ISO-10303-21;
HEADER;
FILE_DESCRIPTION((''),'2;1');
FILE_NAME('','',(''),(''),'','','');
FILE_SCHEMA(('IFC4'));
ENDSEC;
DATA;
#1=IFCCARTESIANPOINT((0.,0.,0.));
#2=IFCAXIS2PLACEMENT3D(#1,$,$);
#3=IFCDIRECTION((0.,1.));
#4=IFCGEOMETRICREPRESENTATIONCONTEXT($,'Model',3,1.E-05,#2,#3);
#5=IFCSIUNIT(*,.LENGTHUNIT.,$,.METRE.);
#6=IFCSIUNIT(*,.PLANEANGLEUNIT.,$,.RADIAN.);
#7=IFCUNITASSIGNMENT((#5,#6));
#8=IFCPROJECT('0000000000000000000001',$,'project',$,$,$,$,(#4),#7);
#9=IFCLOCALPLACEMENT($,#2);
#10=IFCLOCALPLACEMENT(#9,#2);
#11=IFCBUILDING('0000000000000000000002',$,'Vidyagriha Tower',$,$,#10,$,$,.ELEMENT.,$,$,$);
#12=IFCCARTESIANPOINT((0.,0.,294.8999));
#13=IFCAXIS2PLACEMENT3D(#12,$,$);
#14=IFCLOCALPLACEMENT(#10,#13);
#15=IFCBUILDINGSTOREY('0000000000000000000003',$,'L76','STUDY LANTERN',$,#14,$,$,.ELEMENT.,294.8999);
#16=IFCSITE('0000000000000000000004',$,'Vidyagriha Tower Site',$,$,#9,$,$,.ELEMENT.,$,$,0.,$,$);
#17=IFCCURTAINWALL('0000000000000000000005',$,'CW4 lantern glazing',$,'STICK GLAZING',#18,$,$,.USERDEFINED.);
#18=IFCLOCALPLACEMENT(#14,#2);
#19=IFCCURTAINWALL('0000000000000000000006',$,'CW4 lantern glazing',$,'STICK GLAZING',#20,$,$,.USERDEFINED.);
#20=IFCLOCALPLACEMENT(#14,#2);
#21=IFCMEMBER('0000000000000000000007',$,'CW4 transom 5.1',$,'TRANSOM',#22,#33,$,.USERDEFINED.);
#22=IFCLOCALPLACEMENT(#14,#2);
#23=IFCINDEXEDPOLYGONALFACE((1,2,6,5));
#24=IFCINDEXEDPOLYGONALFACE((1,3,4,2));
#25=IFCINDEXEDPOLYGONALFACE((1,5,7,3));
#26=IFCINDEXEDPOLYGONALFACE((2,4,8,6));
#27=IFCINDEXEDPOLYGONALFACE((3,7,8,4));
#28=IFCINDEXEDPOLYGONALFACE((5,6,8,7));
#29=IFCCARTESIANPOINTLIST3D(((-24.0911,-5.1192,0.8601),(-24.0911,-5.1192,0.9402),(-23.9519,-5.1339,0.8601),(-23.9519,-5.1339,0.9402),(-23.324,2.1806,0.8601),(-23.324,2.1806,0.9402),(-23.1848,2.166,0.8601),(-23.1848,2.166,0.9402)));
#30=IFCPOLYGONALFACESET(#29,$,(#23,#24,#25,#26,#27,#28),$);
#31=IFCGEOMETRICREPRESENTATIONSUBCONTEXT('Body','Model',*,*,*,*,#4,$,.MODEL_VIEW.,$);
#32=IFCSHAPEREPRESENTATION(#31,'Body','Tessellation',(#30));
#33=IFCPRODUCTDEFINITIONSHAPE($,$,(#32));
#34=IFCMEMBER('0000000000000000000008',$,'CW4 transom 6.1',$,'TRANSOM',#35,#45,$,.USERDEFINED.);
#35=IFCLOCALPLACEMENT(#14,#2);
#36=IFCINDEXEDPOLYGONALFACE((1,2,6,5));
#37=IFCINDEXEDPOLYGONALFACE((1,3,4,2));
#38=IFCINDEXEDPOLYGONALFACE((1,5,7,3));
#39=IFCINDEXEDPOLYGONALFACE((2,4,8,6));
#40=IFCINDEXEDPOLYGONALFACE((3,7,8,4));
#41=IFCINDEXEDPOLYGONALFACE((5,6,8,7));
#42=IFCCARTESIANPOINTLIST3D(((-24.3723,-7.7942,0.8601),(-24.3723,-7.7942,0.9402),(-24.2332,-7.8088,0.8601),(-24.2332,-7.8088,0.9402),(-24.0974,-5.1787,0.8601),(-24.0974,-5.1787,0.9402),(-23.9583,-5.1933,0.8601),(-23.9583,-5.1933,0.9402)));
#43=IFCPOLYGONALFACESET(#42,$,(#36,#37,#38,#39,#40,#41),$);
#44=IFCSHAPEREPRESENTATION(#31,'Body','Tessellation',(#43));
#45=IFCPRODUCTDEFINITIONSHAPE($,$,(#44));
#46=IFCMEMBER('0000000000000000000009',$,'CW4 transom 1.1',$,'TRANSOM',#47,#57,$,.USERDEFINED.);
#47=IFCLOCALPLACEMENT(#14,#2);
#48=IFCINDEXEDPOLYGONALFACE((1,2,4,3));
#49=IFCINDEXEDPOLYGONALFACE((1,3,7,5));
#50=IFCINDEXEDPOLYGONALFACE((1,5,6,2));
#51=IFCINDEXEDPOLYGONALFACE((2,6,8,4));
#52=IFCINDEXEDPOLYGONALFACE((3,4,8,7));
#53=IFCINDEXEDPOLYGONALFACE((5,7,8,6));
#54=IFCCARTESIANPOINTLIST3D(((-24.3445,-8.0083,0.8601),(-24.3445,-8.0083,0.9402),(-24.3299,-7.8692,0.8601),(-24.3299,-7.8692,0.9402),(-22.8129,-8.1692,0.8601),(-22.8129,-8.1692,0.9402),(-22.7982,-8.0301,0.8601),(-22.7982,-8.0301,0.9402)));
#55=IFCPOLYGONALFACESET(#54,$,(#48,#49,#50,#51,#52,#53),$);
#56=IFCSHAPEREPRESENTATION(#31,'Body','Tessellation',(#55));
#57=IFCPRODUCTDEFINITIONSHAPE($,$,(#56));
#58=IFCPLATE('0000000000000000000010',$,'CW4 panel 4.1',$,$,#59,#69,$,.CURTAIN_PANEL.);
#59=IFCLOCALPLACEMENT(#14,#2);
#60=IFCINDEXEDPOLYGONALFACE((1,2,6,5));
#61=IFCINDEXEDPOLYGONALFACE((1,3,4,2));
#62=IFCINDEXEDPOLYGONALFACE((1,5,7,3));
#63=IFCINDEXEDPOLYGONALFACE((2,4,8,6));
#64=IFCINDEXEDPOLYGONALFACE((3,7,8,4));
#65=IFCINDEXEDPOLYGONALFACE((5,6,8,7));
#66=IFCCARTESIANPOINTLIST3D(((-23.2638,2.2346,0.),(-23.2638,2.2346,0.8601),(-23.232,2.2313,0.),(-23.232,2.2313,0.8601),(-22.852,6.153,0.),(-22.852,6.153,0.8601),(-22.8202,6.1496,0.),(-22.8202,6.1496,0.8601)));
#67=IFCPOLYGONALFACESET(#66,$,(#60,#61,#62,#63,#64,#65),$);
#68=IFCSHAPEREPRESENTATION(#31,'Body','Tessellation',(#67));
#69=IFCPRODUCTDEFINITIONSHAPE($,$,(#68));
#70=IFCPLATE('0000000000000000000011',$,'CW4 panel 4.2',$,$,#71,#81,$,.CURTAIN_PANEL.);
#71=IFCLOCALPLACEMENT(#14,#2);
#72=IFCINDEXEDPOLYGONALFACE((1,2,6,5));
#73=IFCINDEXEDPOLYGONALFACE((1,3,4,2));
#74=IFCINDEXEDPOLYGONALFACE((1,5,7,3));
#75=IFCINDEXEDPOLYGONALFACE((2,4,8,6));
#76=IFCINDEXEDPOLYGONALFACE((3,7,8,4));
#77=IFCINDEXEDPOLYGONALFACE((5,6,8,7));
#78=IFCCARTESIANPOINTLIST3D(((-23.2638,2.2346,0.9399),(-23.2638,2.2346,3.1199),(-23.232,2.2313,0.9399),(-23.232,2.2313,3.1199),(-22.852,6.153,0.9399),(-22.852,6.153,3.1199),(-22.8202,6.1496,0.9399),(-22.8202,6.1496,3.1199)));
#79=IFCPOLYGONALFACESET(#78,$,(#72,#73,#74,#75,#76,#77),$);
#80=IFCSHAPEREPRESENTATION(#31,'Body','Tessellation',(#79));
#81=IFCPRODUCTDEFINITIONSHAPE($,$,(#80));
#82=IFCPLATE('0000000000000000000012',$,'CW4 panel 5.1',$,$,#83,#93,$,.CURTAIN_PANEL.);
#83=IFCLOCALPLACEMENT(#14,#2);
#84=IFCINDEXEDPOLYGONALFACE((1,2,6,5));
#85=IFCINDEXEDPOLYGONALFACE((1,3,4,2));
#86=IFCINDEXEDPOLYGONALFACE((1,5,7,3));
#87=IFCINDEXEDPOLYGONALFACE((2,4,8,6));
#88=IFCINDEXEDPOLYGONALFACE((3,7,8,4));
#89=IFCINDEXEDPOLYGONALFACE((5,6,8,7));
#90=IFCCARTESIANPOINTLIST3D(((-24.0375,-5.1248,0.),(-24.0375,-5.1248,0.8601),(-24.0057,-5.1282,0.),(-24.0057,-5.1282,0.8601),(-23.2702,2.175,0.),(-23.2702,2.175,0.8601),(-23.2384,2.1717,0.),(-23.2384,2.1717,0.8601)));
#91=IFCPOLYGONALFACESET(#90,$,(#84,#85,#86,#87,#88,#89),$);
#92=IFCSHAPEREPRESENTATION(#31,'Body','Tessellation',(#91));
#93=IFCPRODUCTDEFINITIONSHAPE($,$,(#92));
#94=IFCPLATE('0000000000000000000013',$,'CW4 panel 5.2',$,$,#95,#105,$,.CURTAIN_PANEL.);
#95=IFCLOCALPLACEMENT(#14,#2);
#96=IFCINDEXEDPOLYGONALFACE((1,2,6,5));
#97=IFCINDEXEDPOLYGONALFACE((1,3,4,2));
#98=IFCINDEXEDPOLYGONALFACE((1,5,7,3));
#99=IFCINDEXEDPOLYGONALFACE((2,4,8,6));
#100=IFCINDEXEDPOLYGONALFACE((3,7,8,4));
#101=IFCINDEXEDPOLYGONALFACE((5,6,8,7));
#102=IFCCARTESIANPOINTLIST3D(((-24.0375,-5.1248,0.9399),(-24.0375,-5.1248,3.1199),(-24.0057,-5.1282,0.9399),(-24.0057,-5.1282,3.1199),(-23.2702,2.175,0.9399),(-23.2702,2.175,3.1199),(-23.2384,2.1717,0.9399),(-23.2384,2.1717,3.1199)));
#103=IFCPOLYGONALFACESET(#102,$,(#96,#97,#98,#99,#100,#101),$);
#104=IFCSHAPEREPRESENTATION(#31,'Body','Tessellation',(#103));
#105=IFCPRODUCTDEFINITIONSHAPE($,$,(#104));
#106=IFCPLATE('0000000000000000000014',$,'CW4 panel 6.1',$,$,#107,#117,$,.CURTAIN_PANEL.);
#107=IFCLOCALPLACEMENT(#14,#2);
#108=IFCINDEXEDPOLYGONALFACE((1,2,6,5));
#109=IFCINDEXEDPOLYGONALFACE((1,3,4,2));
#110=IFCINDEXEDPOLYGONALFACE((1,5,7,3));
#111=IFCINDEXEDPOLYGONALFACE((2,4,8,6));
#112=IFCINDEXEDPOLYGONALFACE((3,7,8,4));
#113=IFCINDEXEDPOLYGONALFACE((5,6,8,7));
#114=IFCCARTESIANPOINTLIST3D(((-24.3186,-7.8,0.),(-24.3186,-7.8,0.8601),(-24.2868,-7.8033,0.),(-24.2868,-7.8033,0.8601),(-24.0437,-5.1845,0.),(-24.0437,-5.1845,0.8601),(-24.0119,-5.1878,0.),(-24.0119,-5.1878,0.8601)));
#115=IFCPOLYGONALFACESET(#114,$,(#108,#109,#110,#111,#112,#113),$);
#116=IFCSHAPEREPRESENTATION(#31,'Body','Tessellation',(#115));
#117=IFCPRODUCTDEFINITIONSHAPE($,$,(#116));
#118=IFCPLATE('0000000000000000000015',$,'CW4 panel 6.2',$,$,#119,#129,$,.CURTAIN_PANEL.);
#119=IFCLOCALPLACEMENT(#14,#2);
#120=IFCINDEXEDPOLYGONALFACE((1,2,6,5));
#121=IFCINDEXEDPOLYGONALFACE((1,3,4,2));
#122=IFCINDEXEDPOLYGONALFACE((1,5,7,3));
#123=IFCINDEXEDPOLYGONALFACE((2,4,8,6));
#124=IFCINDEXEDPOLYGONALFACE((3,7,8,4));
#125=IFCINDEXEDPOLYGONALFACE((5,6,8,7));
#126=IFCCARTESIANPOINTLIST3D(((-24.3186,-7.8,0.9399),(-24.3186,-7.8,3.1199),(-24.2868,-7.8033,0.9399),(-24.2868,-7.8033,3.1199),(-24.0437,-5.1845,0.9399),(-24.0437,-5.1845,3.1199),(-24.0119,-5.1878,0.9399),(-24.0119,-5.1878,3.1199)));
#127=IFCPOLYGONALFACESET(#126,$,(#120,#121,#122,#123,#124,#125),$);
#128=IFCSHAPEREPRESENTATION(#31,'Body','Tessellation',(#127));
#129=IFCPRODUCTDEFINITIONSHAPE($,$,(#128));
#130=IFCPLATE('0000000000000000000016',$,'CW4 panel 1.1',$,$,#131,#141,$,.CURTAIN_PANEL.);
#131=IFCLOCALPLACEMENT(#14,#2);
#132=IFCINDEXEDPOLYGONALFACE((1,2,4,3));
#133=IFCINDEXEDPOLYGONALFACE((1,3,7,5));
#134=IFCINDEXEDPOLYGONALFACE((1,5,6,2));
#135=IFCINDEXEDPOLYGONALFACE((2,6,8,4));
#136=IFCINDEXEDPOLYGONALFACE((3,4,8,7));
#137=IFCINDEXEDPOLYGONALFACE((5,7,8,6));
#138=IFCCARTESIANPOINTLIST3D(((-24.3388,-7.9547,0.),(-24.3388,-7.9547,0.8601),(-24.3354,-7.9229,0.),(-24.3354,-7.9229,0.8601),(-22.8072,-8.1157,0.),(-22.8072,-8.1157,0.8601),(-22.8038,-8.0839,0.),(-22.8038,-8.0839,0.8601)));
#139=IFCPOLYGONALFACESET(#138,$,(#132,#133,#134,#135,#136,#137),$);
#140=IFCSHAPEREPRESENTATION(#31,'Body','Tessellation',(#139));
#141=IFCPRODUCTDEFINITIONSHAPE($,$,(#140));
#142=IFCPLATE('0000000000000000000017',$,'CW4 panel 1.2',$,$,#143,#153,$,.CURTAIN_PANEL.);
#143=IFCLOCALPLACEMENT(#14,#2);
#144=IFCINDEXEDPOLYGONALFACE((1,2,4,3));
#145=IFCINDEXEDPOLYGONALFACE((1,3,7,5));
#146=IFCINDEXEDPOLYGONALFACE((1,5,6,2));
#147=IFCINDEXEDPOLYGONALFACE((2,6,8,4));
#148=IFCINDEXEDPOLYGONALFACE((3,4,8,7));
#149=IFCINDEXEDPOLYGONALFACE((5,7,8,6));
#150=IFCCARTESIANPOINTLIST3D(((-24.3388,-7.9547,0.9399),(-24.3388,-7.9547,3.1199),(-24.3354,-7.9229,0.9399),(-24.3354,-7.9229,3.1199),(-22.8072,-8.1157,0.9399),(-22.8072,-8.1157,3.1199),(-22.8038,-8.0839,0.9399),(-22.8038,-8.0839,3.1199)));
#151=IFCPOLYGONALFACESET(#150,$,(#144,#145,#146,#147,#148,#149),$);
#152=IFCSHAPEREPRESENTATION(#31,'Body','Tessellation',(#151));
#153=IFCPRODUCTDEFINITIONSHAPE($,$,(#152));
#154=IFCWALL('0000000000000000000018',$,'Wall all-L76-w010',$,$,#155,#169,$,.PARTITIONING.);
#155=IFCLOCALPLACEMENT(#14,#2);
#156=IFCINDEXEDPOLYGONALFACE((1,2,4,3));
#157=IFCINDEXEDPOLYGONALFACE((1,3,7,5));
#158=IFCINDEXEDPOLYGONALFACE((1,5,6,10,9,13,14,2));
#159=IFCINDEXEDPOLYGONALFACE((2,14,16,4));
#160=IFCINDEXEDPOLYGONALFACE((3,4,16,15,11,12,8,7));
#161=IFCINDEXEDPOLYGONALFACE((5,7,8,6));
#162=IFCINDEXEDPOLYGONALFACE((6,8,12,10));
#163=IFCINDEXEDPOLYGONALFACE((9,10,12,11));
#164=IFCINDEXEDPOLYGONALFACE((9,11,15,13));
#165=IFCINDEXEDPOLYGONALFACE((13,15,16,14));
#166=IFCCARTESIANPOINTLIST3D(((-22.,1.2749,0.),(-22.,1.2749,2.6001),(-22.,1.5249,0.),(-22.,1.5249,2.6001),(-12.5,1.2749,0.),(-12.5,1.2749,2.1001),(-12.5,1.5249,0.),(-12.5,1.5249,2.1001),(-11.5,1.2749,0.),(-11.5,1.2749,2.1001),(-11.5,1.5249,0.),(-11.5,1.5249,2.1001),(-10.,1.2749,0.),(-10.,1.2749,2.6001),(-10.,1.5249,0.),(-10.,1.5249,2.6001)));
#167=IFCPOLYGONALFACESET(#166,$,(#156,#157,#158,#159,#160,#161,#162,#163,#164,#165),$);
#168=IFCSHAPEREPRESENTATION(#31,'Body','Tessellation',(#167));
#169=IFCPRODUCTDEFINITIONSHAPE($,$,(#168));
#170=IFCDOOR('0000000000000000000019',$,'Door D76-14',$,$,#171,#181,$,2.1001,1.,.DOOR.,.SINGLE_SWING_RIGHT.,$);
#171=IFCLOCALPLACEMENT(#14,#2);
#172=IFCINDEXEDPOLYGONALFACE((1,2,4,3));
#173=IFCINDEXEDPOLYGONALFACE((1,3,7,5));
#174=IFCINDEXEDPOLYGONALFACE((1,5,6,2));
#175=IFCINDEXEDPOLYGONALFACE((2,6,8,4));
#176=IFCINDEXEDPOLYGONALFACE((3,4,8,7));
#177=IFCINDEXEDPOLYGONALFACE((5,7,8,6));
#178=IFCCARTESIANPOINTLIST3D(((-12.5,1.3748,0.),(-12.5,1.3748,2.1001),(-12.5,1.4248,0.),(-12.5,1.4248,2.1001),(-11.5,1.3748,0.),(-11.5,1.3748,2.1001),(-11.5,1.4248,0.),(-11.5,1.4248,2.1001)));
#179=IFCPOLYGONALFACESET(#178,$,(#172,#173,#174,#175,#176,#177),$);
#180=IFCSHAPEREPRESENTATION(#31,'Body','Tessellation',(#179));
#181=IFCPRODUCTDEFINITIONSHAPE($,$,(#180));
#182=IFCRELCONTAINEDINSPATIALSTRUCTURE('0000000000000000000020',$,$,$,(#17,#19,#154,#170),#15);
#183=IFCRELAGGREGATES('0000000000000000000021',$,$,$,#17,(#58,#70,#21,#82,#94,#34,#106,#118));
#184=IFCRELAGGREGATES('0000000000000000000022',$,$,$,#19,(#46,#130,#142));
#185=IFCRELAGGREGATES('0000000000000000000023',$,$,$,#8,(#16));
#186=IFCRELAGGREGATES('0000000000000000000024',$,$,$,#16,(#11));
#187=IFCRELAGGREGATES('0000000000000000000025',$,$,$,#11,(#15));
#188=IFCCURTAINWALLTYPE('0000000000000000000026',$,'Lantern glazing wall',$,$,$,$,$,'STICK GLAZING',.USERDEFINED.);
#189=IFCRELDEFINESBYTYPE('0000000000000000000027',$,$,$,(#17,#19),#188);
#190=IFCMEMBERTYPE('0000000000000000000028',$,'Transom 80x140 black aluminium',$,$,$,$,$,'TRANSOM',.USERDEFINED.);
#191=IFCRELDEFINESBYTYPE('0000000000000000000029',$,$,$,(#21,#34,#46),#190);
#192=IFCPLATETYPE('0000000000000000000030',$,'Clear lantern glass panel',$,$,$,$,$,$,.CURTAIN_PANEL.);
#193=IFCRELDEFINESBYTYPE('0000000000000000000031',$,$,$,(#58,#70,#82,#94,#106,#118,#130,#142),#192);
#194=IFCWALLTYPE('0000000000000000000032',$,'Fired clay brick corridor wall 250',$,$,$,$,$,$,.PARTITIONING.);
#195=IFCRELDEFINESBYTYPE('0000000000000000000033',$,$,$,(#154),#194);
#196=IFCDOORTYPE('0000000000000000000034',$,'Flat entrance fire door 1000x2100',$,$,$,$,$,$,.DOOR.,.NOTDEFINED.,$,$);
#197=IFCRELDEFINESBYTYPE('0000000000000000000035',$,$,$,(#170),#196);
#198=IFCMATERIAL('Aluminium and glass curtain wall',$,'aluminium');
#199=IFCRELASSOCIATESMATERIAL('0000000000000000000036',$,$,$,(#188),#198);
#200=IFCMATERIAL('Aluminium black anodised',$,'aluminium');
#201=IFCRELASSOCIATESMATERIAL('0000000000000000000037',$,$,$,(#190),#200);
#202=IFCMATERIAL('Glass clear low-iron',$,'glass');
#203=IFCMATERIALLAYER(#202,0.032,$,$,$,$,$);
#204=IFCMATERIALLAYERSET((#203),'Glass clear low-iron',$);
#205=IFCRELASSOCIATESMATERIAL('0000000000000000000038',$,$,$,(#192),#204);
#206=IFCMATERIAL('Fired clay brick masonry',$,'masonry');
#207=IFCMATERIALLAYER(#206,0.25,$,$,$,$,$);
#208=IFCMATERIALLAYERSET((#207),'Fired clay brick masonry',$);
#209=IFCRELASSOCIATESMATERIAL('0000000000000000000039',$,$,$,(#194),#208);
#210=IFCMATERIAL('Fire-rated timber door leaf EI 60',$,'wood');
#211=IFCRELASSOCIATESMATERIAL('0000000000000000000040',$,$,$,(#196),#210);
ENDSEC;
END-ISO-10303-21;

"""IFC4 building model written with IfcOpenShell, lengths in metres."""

from ifc_helpers import new_model, si_unit, direction, frame, frame_2d, origin, origin_2d, place, context, subcontext, project, spatial, rectangle, extrude, material, layer, layer_set, material_profile, profile_set, type_object, element, fill, aggregate, save


model = new_model("IFC4")

# Units and contexts
model_context = context("Model", 3, precision=1e-05, world=origin(), true_north=direction((0.0, 1.0)))
body_context = subcontext(model_context, "Body", "Model", "MODEL_VIEW")
ifc_project = project(units=[si_unit("LENGTHUNIT", "METRE"), si_unit("PLANEANGLEUNIT", "RADIAN")], contexts=[model_context])

# Site, building, storey
site_placement = place(None, origin())
site = spatial("IfcSite", under=ifc_project, at=site_placement, Name="Vidyagriha Tower Site", CompositionType="ELEMENT", RefElevation=0.0)
building_placement = place(site_placement, origin())
building = spatial("IfcBuilding", under=site, at=building_placement, Name="Vidyagriha Tower", CompositionType="ELEMENT")
storey_placement = place(building_placement, frame((0.0, 0.0, 294.8999)))
storey = spatial("IfcBuildingStorey", under=building, at=storey_placement, Name="L76", Description="STUDY LANTERN", CompositionType="ELEMENT", Elevation=294.8999)

# Curtain walls
ifc_material_1 = material(Name="Aluminium and glass curtain wall", Category="aluminium")
curtain_wall_type = type_object("IfcCurtainWallType", Name="Lantern glazing wall", ElementType="STICK GLAZING", PredefinedType="USERDEFINED", material=ifc_material_1)
curtain_wall_1_placement = place(storey_placement, origin())
curtain_wall_1 = element("IfcCurtainWall", 1, at=curtain_wall_1_placement, inside=storey, type_object=curtain_wall_type, Name="CW4 lantern glazing", ObjectType="STICK GLAZING", PredefinedType="USERDEFINED")
curtain_wall_2_placement = place(storey_placement, origin())
curtain_wall_2 = element("IfcCurtainWall", 2, at=curtain_wall_2_placement, inside=storey, type_object=curtain_wall_type, Name="CW4 lantern glazing", ObjectType="STICK GLAZING", PredefinedType="USERDEFINED")

# Members
ifc_material_2 = material(Name="Aluminium black anodised", Category="aluminium")
ifc_material_profile_1 = material_profile(ifc_material_2, rectangle(XDim=0.1399, YDim=0.0801, at=origin_2d()), Name="Transom 80x140 black aluminium")
ifc_profile_set_1 = profile_set([ifc_material_profile_1], Name="Aluminium black anodised")
member_type_1 = type_object("IfcMemberType", Name="Transom 80x140 black aluminium", ElementType="TRANSOM", PredefinedType="USERDEFINED", material=ifc_profile_set_1)
member_1_placement = place(storey_placement, frame((-23.2544, 2.1733, 0.9001), z_axis=(-0.104508, -0.994524, 0.0), x_axis=(0.994524, -0.104508, 0.0)))
member_1 = element("IfcMember", 3, at=member_1_placement, type_object=member_type_1, Name="CW4 transom 5.1", ObjectType="TRANSOM", PredefinedType="USERDEFINED", context=body_context, shape_type="SweptSolid", body=[
    extrude(rectangle(XDim=0.1399, YDim=0.0801, at=origin_2d()), origin(), (0.0, 0.0, 1.0), 7.3401),
])
member_2_placement = place(storey_placement, frame((-24.0278, -5.186, 0.9001), z_axis=(-0.10453, -0.994522, 0.0), x_axis=(0.994522, -0.10453, 0.0)))
member_2 = element("IfcMember", 4, at=member_2_placement, type_object=member_type_1, Name="CW4 transom 6.1", ObjectType="TRANSOM", PredefinedType="USERDEFINED", context=body_context, shape_type="SweptSolid", body=[
    extrude(rectangle(XDim=0.1399, YDim=0.0801, at=origin_2d()), origin(), (0.0, 0.0, 1.0), 2.6299),
])
member_3_placement = place(storey_placement, frame((-24.3372, -7.9387, 0.9001), z_axis=(0.994527, -0.104478, 0.0), x_axis=(0.104478, 0.994527, 0.0)))
member_3 = element("IfcMember", 5, at=member_3_placement, type_object=member_type_1, Name="CW4 transom 1.1", ObjectType="TRANSOM", PredefinedType="USERDEFINED", context=body_context, shape_type="SweptSolid", body=[
    extrude(rectangle(XDim=0.1399, YDim=0.0801, at=origin_2d()), origin(), (0.0, 0.0, 1.0), 1.54),
])

# Plates
ifc_material_3 = material(Name="Glass clear low-iron", Category="glass")
ifc_layer_1 = layer(ifc_material_3, 0.032)
ifc_layer_set_1 = layer_set([ifc_layer_1], Name="Glass clear low-iron")
plate_type = type_object("IfcPlateType", Name="Clear lantern glass panel", PredefinedType="CURTAIN_PANEL", material=ifc_layer_set_1)
plate_1_placement = place(storey_placement, frame((-23.042, 4.1921, 0.0), z_axis=(0.0, 0.0, 1.0), x_axis=(-0.104527, -0.994522, 0.0)))
plate_1 = element("IfcPlate", 6, at=plate_1_placement, type_object=plate_type, Name="CW4 panel 4.1", PredefinedType="CURTAIN_PANEL", context=body_context, shape_type="SweptSolid", body=[
    extrude(rectangle(XDim=3.9399, YDim=0.032, at=origin_2d()), origin(), (0.0, 0.0, 1.0), 0.8601),
])
plate_2_placement = place(storey_placement, frame((-23.042, 4.1921, 0.9399), z_axis=(0.0, 0.0, 1.0), x_axis=(-0.104527, -0.994522, 0.0)))
plate_2 = element("IfcPlate", 7, at=plate_2_placement, type_object=plate_type, Name="CW4 panel 4.2", PredefinedType="CURTAIN_PANEL", context=body_context, shape_type="SweptSolid", body=[
    extrude(rectangle(XDim=3.9399, YDim=0.032, at=origin_2d()), origin(), (0.0, 0.0, 1.0), 2.1799),
])
plate_3_placement = place(storey_placement, frame((-23.6379, -1.4766, 0.0), z_axis=(0.0, 0.0, 1.0), x_axis=(-0.104527, -0.994522, 0.0)))
plate_3 = element("IfcPlate", 8, at=plate_3_placement, type_object=plate_type, Name="CW4 panel 5.1", PredefinedType="CURTAIN_PANEL", context=body_context, shape_type="SweptSolid", body=[
    extrude(rectangle(XDim=7.3401, YDim=0.032, at=origin_2d()), origin(), (0.0, 0.0, 1.0), 0.8601),
])
plate_4_placement = place(storey_placement, frame((-23.6379, -1.4766, 0.9399), z_axis=(0.0, 0.0, 1.0), x_axis=(-0.104527, -0.994522, 0.0)))
plate_4 = element("IfcPlate", 9, at=plate_4_placement, type_object=plate_type, Name="CW4 panel 5.2", PredefinedType="CURTAIN_PANEL", context=body_context, shape_type="SweptSolid", body=[
    extrude(rectangle(XDim=7.3401, YDim=0.032, at=origin_2d()), origin(), (0.0, 0.0, 1.0), 2.1799),
])
plate_5_placement = place(storey_placement, frame((-24.1653, -6.4939, 0.0), z_axis=(0.0, 0.0, 1.0), x_axis=(-0.104527, -0.994522, 0.0)))
plate_5 = element("IfcPlate", 10, at=plate_5_placement, type_object=plate_type, Name="CW4 panel 6.1", PredefinedType="CURTAIN_PANEL", context=body_context, shape_type="SweptSolid", body=[
    extrude(rectangle(XDim=2.6299, YDim=0.032, at=origin_2d()), origin(), (0.0, 0.0, 1.0), 0.8601),
])
plate_6_placement = place(storey_placement, frame((-24.1653, -6.4939, 0.9399), z_axis=(0.0, 0.0, 1.0), x_axis=(-0.104527, -0.994522, 0.0)))
plate_6 = element("IfcPlate", 11, at=plate_6_placement, type_object=plate_type, Name="CW4 panel 6.2", PredefinedType="CURTAIN_PANEL", context=body_context, shape_type="SweptSolid", body=[
    extrude(rectangle(XDim=2.6299, YDim=0.032, at=origin_2d()), origin(), (0.0, 0.0, 1.0), 2.1799),
])
aggregate(curtain_wall_1, [plate_1, plate_2, member_1, plate_3, plate_4, member_2, plate_5, plate_6])
plate_7_placement = place(storey_placement, frame((-23.5713, -8.0193, 0.0), z_axis=(0.0, 0.0, 1.0), x_axis=(0.994523, -0.104519, 0.0)))
plate_7 = element("IfcPlate", 12, at=plate_7_placement, type_object=plate_type, Name="CW4 panel 1.1", PredefinedType="CURTAIN_PANEL", context=body_context, shape_type="SweptSolid", body=[
    extrude(rectangle(XDim=1.54, YDim=0.032, at=origin_2d()), origin(), (0.0, 0.0, 1.0), 0.8601),
])
plate_8_placement = place(storey_placement, frame((-23.5713, -8.0193, 0.9399), z_axis=(0.0, 0.0, 1.0), x_axis=(0.994523, -0.104519, 0.0)))
plate_8 = element("IfcPlate", 13, at=plate_8_placement, type_object=plate_type, Name="CW4 panel 1.2", PredefinedType="CURTAIN_PANEL", context=body_context, shape_type="SweptSolid", body=[
    extrude(rectangle(XDim=1.54, YDim=0.032, at=origin_2d()), origin(), (0.0, 0.0, 1.0), 2.1799),
])
aggregate(curtain_wall_2, [member_3, plate_7, plate_8])

# Wall, opening, door
ifc_material_4 = material(Name="Fired clay brick masonry", Category="masonry")
ifc_layer_2 = layer(ifc_material_4, 0.25)
ifc_layer_set_2 = layer_set([ifc_layer_2], Name="Fired clay brick masonry")
wall_type = type_object("IfcWallType", Name="Fired clay brick corridor wall 250", PredefinedType="PARTITIONING", material=ifc_layer_set_2)
wall_placement = place(storey_placement, frame((-22.0, 1.3999, 0.0)))
wall = element("IfcWall", 14, at=wall_placement, inside=storey, type_object=wall_type, Name="Wall all-L76-w010", PredefinedType="PARTITIONING", context=body_context, shape_type="SweptSolid", body=[
    extrude(rectangle(XDim=12.0, YDim=0.25, at=frame_2d((6.0, 0.0))), origin(), (0.0, 0.0, 1.0), 2.6001),
])
opening_placement = place(wall_placement, frame((9.5, 0.0, 0.0)))
opening = element("IfcOpeningElement", 15, at=opening_placement, cuts=wall, PredefinedType="OPENING", context=body_context, shape_type="SweptSolid", body=[
    extrude(rectangle(XDim=1.0, YDim=2.1001, at=frame_2d((0.5, 1.05))), frame((0.0, 0.135, 0.0), z_axis=(0.0, -1.0, 0.0), x_axis=(1.0, 0.0, 0.0)), (0.0, 0.0, 1.0), 0.27),
])
ifc_material_5 = material(Name="Fire-rated timber door leaf EI 60", Category="wood")
door_type = type_object("IfcDoorType", Name="Flat entrance fire door 1000x2100", OperationType="NOTDEFINED", PredefinedType="DOOR", material=ifc_material_5)
door_placement = place(opening_placement, origin())
door = element("IfcDoor", 16, at=door_placement, inside=storey, type_object=door_type, Name="Door D76-14", OperationType="SINGLE_SWING_RIGHT", OverallHeight=2.1001, OverallWidth=1.0, PredefinedType="DOOR", context=body_context, shape_type="SweptSolid", body=[
    extrude(rectangle(XDim=1.0, YDim=2.1001, at=frame_2d((0.5, 1.05))), frame((0.0, 0.0249, 0.0), z_axis=(0.0, -1.0, 0.0), x_axis=(1.0, 0.0, 0.0)), (0.0, 0.0, 1.0), 0.05),
])
fill(opening, door)

save(model, "model.ifc")
